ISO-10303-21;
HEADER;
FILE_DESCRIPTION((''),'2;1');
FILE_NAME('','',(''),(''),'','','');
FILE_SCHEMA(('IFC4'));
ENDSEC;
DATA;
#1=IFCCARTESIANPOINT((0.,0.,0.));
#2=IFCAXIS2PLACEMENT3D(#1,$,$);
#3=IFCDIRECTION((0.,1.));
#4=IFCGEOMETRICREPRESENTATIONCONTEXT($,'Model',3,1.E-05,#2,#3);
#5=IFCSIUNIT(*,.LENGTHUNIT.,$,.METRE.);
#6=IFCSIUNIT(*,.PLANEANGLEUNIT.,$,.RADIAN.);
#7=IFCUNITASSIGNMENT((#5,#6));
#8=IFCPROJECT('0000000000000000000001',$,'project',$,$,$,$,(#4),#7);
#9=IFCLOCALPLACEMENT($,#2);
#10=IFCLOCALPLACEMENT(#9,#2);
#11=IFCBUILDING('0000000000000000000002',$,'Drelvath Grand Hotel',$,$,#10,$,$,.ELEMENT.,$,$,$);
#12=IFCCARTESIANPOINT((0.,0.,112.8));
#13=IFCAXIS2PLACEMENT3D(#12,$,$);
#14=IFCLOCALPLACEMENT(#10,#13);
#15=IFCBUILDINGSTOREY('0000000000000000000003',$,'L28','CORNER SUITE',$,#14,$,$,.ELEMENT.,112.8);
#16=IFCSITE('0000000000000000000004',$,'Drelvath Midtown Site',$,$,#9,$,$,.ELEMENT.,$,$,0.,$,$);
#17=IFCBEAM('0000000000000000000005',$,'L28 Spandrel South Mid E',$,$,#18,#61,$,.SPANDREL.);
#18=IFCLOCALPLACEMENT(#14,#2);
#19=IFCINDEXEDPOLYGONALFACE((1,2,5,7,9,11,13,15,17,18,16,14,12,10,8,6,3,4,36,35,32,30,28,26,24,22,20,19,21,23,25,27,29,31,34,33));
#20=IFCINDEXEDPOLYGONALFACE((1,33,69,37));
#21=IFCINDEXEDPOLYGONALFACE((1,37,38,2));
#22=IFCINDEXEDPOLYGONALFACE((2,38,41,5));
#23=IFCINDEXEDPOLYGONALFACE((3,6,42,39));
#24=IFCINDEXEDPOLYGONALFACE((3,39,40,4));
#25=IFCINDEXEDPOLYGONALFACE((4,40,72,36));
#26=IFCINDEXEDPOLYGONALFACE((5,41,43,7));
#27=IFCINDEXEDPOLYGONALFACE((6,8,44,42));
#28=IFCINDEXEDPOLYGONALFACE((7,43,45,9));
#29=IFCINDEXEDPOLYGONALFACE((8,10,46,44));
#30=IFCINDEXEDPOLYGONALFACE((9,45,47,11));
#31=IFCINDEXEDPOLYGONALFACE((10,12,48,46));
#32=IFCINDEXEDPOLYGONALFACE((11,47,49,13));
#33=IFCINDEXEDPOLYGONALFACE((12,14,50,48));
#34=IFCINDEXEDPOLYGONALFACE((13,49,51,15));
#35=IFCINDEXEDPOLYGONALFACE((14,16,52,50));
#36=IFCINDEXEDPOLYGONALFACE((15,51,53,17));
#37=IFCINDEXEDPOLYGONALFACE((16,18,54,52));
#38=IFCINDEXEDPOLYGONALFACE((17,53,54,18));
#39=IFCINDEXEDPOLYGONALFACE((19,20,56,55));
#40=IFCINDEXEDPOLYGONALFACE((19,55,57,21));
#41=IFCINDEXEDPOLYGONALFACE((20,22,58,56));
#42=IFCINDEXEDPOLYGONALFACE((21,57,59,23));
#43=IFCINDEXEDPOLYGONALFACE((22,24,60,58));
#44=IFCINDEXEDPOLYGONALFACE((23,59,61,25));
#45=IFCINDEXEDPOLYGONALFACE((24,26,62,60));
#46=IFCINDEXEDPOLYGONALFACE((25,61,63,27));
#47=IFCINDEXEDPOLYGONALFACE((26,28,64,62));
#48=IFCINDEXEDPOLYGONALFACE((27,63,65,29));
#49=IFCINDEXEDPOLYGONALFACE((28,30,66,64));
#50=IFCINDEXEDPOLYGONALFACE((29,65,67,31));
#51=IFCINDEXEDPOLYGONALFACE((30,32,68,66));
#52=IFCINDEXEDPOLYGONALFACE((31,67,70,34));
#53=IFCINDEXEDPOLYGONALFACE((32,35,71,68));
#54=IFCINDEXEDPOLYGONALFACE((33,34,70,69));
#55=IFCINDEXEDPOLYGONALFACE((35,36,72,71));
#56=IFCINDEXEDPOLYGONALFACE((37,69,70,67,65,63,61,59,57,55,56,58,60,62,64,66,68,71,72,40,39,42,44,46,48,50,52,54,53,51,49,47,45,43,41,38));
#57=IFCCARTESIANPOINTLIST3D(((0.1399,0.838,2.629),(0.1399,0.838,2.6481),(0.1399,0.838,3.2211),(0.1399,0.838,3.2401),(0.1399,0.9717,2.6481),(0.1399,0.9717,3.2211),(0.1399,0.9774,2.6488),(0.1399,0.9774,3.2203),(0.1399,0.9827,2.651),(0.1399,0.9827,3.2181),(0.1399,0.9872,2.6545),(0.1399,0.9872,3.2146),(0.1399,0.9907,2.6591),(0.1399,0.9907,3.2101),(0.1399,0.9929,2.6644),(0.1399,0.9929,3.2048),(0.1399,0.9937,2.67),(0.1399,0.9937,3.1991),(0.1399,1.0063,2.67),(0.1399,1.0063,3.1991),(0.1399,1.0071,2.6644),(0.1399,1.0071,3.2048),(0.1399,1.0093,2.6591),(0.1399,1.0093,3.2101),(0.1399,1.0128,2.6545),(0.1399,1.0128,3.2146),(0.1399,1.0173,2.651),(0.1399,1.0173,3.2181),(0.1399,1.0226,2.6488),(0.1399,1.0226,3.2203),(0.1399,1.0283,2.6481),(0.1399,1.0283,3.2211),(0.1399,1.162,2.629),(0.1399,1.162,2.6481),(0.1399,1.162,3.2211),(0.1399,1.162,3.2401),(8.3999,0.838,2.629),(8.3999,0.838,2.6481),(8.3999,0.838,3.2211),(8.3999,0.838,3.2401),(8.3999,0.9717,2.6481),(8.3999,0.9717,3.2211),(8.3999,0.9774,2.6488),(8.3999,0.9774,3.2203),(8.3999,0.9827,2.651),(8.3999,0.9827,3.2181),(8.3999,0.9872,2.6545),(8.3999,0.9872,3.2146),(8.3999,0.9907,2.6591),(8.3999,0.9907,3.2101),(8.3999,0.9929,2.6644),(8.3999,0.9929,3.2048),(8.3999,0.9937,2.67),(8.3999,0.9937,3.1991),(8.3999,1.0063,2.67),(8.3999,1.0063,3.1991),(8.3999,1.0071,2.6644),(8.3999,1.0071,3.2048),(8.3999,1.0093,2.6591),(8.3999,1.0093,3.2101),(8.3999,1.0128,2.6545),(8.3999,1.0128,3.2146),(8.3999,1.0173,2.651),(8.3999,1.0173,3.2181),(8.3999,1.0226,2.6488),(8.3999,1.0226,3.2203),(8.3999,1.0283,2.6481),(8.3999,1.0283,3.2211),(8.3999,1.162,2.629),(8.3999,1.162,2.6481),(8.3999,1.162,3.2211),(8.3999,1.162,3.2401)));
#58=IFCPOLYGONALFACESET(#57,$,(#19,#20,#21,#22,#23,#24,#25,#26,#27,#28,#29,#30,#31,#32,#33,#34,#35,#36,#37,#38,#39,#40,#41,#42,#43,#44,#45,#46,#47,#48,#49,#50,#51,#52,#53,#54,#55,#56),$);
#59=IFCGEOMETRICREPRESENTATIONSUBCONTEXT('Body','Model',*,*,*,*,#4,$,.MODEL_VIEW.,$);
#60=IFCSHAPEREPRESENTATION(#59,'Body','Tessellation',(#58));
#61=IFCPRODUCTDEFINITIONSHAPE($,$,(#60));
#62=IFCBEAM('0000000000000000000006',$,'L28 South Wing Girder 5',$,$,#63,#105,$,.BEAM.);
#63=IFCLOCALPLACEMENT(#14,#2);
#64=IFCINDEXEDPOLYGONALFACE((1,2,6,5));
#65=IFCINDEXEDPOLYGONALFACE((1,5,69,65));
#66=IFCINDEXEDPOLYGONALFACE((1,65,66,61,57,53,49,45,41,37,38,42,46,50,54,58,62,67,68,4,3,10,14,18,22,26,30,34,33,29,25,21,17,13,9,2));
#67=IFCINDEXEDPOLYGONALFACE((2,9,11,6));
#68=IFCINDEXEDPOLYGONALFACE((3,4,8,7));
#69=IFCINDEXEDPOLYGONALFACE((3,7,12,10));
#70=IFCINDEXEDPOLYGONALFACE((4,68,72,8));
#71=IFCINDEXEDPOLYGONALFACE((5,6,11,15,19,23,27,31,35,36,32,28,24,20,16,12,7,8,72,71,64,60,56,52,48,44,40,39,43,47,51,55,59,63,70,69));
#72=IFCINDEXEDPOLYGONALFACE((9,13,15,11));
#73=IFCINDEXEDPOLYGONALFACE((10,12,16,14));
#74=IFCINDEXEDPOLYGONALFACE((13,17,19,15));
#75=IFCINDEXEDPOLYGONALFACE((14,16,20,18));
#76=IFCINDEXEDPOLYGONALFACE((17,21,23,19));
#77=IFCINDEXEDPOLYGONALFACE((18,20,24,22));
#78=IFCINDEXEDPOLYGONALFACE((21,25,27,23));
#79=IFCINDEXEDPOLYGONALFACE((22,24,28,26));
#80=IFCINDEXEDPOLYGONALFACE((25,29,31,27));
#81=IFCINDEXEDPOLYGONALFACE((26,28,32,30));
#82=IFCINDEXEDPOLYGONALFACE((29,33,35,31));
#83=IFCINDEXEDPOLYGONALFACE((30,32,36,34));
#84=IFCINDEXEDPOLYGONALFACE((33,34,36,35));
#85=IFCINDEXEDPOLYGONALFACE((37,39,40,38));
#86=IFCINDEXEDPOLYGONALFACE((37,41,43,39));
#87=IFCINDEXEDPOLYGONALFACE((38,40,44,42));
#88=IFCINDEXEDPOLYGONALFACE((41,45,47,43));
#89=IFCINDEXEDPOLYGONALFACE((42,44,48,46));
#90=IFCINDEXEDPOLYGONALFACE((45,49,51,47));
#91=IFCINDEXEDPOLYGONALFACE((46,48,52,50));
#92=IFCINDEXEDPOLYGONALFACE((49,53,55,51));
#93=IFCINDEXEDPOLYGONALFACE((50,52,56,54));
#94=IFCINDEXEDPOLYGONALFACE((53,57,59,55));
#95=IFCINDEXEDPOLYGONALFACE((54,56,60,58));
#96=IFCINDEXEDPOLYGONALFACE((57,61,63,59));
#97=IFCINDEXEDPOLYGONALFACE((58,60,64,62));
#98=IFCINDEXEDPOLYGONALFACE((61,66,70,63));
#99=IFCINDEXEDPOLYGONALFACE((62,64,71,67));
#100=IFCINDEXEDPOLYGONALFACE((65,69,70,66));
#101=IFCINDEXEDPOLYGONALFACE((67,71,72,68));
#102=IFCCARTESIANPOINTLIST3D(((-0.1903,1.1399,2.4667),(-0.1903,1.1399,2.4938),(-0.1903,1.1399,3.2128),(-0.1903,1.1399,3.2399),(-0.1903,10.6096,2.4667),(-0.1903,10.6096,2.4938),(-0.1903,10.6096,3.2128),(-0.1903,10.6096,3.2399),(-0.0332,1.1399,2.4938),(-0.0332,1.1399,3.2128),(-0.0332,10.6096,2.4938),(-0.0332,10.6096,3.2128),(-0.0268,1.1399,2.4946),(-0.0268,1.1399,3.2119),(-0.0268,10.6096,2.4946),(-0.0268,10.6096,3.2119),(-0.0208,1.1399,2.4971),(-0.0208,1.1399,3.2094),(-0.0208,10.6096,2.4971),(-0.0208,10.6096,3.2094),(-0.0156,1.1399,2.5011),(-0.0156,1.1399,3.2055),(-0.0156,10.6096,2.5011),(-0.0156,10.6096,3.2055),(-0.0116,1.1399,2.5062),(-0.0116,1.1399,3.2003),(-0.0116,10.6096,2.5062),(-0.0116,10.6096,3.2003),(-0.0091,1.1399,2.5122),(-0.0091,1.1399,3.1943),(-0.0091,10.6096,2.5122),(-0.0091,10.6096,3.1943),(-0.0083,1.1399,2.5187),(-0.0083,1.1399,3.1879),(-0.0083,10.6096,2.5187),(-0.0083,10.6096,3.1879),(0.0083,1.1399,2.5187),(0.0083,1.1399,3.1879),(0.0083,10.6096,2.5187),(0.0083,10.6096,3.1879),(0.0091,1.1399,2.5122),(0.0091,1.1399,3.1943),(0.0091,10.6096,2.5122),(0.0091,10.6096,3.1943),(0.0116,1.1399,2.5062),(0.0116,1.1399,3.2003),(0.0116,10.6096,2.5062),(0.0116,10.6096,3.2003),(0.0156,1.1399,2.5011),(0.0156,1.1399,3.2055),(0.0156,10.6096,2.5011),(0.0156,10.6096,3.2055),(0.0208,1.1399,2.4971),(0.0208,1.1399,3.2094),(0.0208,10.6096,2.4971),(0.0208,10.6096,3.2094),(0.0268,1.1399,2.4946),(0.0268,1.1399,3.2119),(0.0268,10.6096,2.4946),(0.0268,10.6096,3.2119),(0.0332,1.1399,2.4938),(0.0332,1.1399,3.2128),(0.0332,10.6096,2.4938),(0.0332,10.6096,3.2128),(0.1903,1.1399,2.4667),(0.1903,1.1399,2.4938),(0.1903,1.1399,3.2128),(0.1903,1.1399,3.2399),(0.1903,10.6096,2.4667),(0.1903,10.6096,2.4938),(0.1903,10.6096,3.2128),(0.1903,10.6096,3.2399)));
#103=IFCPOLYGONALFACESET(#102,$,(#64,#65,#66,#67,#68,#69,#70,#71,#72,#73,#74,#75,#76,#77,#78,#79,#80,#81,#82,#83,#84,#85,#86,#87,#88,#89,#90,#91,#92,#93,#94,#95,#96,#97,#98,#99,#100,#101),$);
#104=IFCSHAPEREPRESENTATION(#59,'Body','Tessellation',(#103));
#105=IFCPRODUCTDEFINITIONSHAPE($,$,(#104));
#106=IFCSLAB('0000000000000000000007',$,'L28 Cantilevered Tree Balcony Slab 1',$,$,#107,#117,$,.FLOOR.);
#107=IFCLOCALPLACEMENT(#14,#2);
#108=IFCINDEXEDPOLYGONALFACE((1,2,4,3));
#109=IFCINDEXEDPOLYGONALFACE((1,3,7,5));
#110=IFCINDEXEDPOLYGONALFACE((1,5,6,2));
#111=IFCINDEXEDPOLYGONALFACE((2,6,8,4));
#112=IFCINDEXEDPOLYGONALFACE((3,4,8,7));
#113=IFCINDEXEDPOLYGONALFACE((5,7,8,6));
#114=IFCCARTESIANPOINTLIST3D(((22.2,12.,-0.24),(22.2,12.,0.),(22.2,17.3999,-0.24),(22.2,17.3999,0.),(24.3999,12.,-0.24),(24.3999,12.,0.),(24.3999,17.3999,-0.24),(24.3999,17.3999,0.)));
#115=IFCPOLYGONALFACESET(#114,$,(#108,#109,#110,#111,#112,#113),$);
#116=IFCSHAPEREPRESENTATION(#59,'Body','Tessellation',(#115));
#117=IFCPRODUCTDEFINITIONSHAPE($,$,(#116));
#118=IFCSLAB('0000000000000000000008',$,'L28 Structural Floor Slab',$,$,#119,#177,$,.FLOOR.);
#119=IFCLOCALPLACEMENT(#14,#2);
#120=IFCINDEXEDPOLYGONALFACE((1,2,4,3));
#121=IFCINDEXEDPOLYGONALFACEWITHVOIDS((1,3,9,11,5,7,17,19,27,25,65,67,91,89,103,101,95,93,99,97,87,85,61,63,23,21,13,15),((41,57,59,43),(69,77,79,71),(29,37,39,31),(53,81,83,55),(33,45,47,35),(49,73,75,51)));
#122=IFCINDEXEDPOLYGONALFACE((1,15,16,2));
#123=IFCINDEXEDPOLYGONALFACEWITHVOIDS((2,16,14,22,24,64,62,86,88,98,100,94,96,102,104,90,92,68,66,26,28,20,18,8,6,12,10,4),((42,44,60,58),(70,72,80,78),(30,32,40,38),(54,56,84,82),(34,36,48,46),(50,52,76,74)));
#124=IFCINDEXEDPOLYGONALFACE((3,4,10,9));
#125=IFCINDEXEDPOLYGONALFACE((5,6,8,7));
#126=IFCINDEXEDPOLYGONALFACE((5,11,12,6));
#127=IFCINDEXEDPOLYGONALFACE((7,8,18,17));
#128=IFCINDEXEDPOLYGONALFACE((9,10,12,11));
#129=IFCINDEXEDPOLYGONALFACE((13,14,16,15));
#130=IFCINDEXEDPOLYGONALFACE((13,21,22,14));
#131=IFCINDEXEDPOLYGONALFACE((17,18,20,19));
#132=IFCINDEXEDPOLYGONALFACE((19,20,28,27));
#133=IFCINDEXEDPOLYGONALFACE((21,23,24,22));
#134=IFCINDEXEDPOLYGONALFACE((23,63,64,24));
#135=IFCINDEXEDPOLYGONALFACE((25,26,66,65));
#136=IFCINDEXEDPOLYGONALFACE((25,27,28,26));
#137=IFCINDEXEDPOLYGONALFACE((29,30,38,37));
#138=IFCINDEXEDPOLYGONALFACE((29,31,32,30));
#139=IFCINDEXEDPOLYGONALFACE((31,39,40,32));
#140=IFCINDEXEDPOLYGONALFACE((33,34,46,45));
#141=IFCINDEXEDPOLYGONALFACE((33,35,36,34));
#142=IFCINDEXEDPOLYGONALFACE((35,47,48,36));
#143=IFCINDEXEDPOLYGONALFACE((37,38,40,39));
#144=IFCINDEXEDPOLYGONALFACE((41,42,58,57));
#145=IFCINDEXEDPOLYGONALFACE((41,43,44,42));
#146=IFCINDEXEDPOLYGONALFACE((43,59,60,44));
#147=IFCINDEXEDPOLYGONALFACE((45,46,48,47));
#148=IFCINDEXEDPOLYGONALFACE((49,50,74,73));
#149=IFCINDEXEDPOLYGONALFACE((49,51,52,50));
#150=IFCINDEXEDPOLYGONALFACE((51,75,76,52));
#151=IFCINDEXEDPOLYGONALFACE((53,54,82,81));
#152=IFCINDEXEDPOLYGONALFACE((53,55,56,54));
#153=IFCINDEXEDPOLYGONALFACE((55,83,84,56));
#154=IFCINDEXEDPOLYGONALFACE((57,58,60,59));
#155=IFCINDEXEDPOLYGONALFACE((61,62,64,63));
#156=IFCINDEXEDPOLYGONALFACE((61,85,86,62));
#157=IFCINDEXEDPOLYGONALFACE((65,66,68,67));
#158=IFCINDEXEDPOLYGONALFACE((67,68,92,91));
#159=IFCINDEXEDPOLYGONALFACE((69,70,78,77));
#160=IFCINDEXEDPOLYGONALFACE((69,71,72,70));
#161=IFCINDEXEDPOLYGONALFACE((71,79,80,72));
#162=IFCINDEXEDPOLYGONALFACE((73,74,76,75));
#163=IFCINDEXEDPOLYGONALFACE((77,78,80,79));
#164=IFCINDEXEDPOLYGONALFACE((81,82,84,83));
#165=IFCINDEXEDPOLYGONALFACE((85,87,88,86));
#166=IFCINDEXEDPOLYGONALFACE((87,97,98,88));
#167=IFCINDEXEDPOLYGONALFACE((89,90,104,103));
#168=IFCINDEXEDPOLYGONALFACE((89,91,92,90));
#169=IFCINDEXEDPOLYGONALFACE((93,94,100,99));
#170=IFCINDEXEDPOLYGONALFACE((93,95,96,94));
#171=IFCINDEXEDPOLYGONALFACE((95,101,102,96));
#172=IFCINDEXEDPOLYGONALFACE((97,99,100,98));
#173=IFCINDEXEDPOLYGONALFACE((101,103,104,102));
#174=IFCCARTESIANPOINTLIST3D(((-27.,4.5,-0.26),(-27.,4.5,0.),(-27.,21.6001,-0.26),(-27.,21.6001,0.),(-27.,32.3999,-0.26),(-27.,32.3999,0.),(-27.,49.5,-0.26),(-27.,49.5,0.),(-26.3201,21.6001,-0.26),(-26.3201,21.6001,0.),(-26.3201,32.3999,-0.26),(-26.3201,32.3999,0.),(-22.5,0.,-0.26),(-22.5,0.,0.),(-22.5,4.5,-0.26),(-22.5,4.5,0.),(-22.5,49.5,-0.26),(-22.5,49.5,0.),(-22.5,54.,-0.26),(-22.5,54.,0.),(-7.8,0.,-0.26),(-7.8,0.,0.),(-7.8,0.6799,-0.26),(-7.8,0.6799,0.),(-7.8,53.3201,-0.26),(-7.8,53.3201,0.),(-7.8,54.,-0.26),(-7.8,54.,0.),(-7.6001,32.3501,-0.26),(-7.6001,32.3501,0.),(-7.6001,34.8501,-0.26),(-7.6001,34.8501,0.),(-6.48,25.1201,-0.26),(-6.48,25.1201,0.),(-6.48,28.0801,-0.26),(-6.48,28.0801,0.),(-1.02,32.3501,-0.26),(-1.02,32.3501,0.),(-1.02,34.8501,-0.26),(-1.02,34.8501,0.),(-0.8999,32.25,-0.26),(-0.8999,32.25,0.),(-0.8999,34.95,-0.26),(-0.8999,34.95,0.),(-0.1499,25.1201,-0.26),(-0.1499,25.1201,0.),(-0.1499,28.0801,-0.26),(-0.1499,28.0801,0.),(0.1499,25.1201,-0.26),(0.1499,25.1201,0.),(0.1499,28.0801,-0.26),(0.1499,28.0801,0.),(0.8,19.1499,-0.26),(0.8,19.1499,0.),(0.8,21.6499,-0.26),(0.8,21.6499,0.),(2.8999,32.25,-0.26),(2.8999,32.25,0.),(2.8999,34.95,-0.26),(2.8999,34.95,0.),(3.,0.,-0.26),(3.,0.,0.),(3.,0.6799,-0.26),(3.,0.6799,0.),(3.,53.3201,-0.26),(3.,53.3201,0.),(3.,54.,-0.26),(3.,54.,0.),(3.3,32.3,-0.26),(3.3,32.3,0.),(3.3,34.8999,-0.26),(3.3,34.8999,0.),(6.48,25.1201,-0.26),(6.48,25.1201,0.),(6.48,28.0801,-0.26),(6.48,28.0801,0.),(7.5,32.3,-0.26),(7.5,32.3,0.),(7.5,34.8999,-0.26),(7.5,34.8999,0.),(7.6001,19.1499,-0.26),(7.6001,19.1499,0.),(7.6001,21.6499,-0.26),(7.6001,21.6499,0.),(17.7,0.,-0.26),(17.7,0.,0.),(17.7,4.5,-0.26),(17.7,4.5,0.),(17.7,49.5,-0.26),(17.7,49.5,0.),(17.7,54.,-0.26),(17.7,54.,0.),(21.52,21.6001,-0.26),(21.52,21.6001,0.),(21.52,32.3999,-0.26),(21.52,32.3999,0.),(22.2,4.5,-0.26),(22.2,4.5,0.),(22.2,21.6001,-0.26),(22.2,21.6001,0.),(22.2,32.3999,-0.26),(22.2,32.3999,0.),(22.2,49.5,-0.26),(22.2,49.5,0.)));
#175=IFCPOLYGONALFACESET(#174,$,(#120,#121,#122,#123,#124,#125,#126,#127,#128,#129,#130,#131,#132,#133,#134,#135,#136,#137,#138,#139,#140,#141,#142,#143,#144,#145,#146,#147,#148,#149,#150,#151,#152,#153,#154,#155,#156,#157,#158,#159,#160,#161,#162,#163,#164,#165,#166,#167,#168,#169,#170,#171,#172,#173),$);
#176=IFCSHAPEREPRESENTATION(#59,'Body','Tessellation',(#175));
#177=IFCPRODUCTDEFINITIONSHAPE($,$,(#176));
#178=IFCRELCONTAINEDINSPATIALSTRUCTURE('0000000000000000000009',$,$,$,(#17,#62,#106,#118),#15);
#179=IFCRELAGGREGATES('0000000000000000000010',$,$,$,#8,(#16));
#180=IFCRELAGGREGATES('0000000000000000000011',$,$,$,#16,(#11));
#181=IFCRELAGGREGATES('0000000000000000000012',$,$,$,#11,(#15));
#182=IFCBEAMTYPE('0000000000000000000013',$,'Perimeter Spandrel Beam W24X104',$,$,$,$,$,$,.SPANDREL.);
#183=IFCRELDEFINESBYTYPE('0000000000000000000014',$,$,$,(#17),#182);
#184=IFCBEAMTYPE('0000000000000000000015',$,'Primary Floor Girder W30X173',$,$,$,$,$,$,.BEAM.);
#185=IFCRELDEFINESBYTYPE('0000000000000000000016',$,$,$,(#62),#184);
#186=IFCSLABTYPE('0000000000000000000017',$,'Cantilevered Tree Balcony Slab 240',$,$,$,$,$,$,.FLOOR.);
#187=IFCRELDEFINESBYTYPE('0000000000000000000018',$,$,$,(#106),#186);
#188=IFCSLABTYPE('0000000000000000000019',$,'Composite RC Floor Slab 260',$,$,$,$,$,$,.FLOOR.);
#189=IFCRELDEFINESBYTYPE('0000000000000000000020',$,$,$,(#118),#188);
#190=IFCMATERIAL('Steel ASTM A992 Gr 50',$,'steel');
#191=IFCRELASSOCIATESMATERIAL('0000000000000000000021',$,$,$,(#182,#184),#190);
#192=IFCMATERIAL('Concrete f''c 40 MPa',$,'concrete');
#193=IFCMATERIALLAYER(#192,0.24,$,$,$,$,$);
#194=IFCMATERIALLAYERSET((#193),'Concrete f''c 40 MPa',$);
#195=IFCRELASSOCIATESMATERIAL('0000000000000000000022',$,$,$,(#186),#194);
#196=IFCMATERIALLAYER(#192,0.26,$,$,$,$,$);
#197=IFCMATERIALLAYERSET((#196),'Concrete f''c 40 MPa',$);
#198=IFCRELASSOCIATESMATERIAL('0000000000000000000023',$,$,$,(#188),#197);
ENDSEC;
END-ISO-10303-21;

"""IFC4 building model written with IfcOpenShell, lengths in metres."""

from ifc_helpers import new_model, si_unit, direction, frame, origin, origin_2d, place, context, subcontext, project, spatial, polyline, i_section, outline, extrude, material, layer, layer_set, material_profile, profile_set, type_object, element, save


model = new_model("IFC4")

# Units and contexts
model_context = context("Model", 3, precision=1e-05, world=origin(), true_north=direction((0.0, 1.0)))
body_context = subcontext(model_context, "Body", "Model", "MODEL_VIEW")
ifc_project = project(units=[si_unit("LENGTHUNIT", "METRE"), si_unit("PLANEANGLEUNIT", "RADIAN")], contexts=[model_context])

# Site, building, storey
site_placement = place(None, origin())
site = spatial("IfcSite", under=ifc_project, at=site_placement, Name="Drelvath Midtown Site", CompositionType="ELEMENT", RefElevation=0.0)
building_placement = place(site_placement, origin())
building = spatial("IfcBuilding", under=site, at=building_placement, Name="Drelvath Grand Hotel", CompositionType="ELEMENT")
storey_placement = place(building_placement, frame((0.0, 0.0, 112.8)))
storey = spatial("IfcBuildingStorey", under=building, at=storey_placement, Name="L28", Description="CORNER SUITE", CompositionType="ELEMENT", Elevation=112.8)

# Beams
ifc_material_1 = material(Name="Steel ASTM A992 Gr 50", Category="steel")
ifc_material_profile_1 = material_profile(ifc_material_1, i_section(OverallWidth=0.324, OverallDepth=0.6111, WebThickness=0.0127, FlangeThickness=0.019, FilletRadius=0.022, at=origin_2d()), Name="W24X104")
ifc_profile_set_1 = profile_set([ifc_material_profile_1], Name="Steel ASTM A992 Gr 50")
beam_type_1 = type_object("IfcBeamType", Name="Perimeter Spandrel Beam W24X104", PredefinedType="SPANDREL", material=ifc_profile_set_1)
beam_1_placement = place(storey_placement, frame((0.1399, 1.0, 2.9346), z_axis=(1.0, 0.0, 0.0), x_axis=(0.0, 1.0, 0.0)))
element("IfcBeam", 1, at=beam_1_placement, inside=storey, type_object=beam_type_1, Name="L28 Spandrel South Mid E", PredefinedType="SPANDREL", context=body_context, shape_type="SweptSolid", body=[
    extrude(i_section(OverallWidth=0.324, OverallDepth=0.6111, WebThickness=0.0127, FlangeThickness=0.019, FilletRadius=0.022, at=origin_2d()), origin(), (0.0, 0.0, 1.0), 8.26),
])
ifc_material_profile_2 = material_profile(ifc_material_1, i_section(OverallWidth=0.3806, OverallDepth=0.7732, WebThickness=0.0166, FlangeThickness=0.0271, FilletRadius=0.0249, at=origin_2d()), Name="W30X173")
ifc_profile_set_2 = profile_set([ifc_material_profile_2], Name="Steel ASTM A992 Gr 50")
beam_type_2 = type_object("IfcBeamType", Name="Primary Floor Girder W30X173", PredefinedType="BEAM", material=ifc_profile_set_2)
beam_2_placement = place(storey_placement, frame((0.0, 1.1399, 2.8533), z_axis=(0.0, 1.0, 0.0), x_axis=(-1.0, 0.0, 0.0)))
element("IfcBeam", 2, at=beam_2_placement, inside=storey, type_object=beam_type_2, Name="L28 South Wing Girder 5", PredefinedType="BEAM", context=body_context, shape_type="SweptSolid", body=[
    extrude(i_section(OverallWidth=0.3806, OverallDepth=0.7732, WebThickness=0.0166, FlangeThickness=0.0271, FilletRadius=0.0249, at=origin_2d()), origin(), (0.0, 0.0, 1.0), 9.4697),
])

# Slabs
ifc_material_2 = material(Name="Concrete f'c 40 MPa", Category="concrete")
ifc_layer_1 = layer(ifc_material_2, 0.24)
ifc_layer_set_1 = layer_set([ifc_layer_1], Name="Concrete f'c 40 MPa")
slab_type_1 = type_object("IfcSlabType", Name="Cantilevered Tree Balcony Slab 240", PredefinedType="FLOOR", material=ifc_layer_set_1)
slab_1_placement = place(storey_placement, frame((0.0, 0.0, -0.24)))
element("IfcSlab", 3, at=slab_1_placement, inside=storey, type_object=slab_type_1, Name="L28 Cantilevered Tree Balcony Slab 1", PredefinedType="FLOOR", context=body_context, shape_type="SweptSolid", body=[
    extrude(outline(polyline([(22.2, 12.0), (24.3999, 12.0), (24.3999, 17.3999), (22.2, 17.3999), (22.2, 12.0)])), origin(), (0.0, 0.0, 1.0), 0.24),
])
ifc_layer_2 = layer(ifc_material_2, 0.26)
ifc_layer_set_2 = layer_set([ifc_layer_2], Name="Concrete f'c 40 MPa")
slab_type_2 = type_object("IfcSlabType", Name="Composite RC Floor Slab 260", PredefinedType="FLOOR", material=ifc_layer_set_2)
slab_2_placement = place(storey_placement, frame((0.0, 0.0, -0.26)))
element("IfcSlab", 4, at=slab_2_placement, inside=storey, type_object=slab_type_2, Name="L28 Structural Floor Slab", PredefinedType="FLOOR", context=body_context, shape_type="SweptSolid", body=[
    extrude(outline(polyline([(-22.5, 0.0), (-7.8, 0.0), (-7.8, 0.6799), (3.0, 0.6799), (3.0, 0.0), (17.7, 0.0), (17.7, 4.5), (22.2, 4.5), (22.2, 21.6001), (21.52, 21.6001), (21.52, 32.3999), (22.2, 32.3999), (22.2, 49.5), (17.7, 49.5), (17.7, 54.0), (3.0, 54.0), (3.0, 53.3201), (-7.8, 53.3201), (-7.8, 54.0), (-22.5, 54.0), (-22.5, 49.5), (-27.0, 49.5), (-27.0, 32.3999), (-26.3201, 32.3999), (-26.3201, 21.6001), (-27.0, 21.6001), (-27.0, 4.5), (-22.5, 4.5), (-22.5, 0.0)]), holes=[polyline([(-6.48, 25.1201), (-6.48, 28.0801), (-0.1499, 28.0801), (-0.1499, 25.1201), (-6.48, 25.1201)]), polyline([(0.1499, 25.1201), (0.1499, 28.0801), (6.48, 28.0801), (6.48, 25.1201), (0.1499, 25.1201)]), polyline([(0.8, 19.1499), (0.8, 21.6499), (7.6001, 21.6499), (7.6001, 19.1499), (0.8, 19.1499)]), polyline([(-7.6001, 32.3501), (-7.6001, 34.8501), (-1.02, 34.8501), (-1.02, 32.3501), (-7.6001, 32.3501)]), polyline([(-0.8999, 32.25), (-0.8999, 34.95), (2.8999, 34.95), (2.8999, 32.25), (-0.8999, 32.25)]), polyline([(3.3, 32.3), (3.3, 34.8999), (7.5, 34.8999), (7.5, 32.3), (3.3, 32.3)])]), origin(), (0.0, 0.0, 1.0), 0.26),
])

save(model, "model.ifc")
